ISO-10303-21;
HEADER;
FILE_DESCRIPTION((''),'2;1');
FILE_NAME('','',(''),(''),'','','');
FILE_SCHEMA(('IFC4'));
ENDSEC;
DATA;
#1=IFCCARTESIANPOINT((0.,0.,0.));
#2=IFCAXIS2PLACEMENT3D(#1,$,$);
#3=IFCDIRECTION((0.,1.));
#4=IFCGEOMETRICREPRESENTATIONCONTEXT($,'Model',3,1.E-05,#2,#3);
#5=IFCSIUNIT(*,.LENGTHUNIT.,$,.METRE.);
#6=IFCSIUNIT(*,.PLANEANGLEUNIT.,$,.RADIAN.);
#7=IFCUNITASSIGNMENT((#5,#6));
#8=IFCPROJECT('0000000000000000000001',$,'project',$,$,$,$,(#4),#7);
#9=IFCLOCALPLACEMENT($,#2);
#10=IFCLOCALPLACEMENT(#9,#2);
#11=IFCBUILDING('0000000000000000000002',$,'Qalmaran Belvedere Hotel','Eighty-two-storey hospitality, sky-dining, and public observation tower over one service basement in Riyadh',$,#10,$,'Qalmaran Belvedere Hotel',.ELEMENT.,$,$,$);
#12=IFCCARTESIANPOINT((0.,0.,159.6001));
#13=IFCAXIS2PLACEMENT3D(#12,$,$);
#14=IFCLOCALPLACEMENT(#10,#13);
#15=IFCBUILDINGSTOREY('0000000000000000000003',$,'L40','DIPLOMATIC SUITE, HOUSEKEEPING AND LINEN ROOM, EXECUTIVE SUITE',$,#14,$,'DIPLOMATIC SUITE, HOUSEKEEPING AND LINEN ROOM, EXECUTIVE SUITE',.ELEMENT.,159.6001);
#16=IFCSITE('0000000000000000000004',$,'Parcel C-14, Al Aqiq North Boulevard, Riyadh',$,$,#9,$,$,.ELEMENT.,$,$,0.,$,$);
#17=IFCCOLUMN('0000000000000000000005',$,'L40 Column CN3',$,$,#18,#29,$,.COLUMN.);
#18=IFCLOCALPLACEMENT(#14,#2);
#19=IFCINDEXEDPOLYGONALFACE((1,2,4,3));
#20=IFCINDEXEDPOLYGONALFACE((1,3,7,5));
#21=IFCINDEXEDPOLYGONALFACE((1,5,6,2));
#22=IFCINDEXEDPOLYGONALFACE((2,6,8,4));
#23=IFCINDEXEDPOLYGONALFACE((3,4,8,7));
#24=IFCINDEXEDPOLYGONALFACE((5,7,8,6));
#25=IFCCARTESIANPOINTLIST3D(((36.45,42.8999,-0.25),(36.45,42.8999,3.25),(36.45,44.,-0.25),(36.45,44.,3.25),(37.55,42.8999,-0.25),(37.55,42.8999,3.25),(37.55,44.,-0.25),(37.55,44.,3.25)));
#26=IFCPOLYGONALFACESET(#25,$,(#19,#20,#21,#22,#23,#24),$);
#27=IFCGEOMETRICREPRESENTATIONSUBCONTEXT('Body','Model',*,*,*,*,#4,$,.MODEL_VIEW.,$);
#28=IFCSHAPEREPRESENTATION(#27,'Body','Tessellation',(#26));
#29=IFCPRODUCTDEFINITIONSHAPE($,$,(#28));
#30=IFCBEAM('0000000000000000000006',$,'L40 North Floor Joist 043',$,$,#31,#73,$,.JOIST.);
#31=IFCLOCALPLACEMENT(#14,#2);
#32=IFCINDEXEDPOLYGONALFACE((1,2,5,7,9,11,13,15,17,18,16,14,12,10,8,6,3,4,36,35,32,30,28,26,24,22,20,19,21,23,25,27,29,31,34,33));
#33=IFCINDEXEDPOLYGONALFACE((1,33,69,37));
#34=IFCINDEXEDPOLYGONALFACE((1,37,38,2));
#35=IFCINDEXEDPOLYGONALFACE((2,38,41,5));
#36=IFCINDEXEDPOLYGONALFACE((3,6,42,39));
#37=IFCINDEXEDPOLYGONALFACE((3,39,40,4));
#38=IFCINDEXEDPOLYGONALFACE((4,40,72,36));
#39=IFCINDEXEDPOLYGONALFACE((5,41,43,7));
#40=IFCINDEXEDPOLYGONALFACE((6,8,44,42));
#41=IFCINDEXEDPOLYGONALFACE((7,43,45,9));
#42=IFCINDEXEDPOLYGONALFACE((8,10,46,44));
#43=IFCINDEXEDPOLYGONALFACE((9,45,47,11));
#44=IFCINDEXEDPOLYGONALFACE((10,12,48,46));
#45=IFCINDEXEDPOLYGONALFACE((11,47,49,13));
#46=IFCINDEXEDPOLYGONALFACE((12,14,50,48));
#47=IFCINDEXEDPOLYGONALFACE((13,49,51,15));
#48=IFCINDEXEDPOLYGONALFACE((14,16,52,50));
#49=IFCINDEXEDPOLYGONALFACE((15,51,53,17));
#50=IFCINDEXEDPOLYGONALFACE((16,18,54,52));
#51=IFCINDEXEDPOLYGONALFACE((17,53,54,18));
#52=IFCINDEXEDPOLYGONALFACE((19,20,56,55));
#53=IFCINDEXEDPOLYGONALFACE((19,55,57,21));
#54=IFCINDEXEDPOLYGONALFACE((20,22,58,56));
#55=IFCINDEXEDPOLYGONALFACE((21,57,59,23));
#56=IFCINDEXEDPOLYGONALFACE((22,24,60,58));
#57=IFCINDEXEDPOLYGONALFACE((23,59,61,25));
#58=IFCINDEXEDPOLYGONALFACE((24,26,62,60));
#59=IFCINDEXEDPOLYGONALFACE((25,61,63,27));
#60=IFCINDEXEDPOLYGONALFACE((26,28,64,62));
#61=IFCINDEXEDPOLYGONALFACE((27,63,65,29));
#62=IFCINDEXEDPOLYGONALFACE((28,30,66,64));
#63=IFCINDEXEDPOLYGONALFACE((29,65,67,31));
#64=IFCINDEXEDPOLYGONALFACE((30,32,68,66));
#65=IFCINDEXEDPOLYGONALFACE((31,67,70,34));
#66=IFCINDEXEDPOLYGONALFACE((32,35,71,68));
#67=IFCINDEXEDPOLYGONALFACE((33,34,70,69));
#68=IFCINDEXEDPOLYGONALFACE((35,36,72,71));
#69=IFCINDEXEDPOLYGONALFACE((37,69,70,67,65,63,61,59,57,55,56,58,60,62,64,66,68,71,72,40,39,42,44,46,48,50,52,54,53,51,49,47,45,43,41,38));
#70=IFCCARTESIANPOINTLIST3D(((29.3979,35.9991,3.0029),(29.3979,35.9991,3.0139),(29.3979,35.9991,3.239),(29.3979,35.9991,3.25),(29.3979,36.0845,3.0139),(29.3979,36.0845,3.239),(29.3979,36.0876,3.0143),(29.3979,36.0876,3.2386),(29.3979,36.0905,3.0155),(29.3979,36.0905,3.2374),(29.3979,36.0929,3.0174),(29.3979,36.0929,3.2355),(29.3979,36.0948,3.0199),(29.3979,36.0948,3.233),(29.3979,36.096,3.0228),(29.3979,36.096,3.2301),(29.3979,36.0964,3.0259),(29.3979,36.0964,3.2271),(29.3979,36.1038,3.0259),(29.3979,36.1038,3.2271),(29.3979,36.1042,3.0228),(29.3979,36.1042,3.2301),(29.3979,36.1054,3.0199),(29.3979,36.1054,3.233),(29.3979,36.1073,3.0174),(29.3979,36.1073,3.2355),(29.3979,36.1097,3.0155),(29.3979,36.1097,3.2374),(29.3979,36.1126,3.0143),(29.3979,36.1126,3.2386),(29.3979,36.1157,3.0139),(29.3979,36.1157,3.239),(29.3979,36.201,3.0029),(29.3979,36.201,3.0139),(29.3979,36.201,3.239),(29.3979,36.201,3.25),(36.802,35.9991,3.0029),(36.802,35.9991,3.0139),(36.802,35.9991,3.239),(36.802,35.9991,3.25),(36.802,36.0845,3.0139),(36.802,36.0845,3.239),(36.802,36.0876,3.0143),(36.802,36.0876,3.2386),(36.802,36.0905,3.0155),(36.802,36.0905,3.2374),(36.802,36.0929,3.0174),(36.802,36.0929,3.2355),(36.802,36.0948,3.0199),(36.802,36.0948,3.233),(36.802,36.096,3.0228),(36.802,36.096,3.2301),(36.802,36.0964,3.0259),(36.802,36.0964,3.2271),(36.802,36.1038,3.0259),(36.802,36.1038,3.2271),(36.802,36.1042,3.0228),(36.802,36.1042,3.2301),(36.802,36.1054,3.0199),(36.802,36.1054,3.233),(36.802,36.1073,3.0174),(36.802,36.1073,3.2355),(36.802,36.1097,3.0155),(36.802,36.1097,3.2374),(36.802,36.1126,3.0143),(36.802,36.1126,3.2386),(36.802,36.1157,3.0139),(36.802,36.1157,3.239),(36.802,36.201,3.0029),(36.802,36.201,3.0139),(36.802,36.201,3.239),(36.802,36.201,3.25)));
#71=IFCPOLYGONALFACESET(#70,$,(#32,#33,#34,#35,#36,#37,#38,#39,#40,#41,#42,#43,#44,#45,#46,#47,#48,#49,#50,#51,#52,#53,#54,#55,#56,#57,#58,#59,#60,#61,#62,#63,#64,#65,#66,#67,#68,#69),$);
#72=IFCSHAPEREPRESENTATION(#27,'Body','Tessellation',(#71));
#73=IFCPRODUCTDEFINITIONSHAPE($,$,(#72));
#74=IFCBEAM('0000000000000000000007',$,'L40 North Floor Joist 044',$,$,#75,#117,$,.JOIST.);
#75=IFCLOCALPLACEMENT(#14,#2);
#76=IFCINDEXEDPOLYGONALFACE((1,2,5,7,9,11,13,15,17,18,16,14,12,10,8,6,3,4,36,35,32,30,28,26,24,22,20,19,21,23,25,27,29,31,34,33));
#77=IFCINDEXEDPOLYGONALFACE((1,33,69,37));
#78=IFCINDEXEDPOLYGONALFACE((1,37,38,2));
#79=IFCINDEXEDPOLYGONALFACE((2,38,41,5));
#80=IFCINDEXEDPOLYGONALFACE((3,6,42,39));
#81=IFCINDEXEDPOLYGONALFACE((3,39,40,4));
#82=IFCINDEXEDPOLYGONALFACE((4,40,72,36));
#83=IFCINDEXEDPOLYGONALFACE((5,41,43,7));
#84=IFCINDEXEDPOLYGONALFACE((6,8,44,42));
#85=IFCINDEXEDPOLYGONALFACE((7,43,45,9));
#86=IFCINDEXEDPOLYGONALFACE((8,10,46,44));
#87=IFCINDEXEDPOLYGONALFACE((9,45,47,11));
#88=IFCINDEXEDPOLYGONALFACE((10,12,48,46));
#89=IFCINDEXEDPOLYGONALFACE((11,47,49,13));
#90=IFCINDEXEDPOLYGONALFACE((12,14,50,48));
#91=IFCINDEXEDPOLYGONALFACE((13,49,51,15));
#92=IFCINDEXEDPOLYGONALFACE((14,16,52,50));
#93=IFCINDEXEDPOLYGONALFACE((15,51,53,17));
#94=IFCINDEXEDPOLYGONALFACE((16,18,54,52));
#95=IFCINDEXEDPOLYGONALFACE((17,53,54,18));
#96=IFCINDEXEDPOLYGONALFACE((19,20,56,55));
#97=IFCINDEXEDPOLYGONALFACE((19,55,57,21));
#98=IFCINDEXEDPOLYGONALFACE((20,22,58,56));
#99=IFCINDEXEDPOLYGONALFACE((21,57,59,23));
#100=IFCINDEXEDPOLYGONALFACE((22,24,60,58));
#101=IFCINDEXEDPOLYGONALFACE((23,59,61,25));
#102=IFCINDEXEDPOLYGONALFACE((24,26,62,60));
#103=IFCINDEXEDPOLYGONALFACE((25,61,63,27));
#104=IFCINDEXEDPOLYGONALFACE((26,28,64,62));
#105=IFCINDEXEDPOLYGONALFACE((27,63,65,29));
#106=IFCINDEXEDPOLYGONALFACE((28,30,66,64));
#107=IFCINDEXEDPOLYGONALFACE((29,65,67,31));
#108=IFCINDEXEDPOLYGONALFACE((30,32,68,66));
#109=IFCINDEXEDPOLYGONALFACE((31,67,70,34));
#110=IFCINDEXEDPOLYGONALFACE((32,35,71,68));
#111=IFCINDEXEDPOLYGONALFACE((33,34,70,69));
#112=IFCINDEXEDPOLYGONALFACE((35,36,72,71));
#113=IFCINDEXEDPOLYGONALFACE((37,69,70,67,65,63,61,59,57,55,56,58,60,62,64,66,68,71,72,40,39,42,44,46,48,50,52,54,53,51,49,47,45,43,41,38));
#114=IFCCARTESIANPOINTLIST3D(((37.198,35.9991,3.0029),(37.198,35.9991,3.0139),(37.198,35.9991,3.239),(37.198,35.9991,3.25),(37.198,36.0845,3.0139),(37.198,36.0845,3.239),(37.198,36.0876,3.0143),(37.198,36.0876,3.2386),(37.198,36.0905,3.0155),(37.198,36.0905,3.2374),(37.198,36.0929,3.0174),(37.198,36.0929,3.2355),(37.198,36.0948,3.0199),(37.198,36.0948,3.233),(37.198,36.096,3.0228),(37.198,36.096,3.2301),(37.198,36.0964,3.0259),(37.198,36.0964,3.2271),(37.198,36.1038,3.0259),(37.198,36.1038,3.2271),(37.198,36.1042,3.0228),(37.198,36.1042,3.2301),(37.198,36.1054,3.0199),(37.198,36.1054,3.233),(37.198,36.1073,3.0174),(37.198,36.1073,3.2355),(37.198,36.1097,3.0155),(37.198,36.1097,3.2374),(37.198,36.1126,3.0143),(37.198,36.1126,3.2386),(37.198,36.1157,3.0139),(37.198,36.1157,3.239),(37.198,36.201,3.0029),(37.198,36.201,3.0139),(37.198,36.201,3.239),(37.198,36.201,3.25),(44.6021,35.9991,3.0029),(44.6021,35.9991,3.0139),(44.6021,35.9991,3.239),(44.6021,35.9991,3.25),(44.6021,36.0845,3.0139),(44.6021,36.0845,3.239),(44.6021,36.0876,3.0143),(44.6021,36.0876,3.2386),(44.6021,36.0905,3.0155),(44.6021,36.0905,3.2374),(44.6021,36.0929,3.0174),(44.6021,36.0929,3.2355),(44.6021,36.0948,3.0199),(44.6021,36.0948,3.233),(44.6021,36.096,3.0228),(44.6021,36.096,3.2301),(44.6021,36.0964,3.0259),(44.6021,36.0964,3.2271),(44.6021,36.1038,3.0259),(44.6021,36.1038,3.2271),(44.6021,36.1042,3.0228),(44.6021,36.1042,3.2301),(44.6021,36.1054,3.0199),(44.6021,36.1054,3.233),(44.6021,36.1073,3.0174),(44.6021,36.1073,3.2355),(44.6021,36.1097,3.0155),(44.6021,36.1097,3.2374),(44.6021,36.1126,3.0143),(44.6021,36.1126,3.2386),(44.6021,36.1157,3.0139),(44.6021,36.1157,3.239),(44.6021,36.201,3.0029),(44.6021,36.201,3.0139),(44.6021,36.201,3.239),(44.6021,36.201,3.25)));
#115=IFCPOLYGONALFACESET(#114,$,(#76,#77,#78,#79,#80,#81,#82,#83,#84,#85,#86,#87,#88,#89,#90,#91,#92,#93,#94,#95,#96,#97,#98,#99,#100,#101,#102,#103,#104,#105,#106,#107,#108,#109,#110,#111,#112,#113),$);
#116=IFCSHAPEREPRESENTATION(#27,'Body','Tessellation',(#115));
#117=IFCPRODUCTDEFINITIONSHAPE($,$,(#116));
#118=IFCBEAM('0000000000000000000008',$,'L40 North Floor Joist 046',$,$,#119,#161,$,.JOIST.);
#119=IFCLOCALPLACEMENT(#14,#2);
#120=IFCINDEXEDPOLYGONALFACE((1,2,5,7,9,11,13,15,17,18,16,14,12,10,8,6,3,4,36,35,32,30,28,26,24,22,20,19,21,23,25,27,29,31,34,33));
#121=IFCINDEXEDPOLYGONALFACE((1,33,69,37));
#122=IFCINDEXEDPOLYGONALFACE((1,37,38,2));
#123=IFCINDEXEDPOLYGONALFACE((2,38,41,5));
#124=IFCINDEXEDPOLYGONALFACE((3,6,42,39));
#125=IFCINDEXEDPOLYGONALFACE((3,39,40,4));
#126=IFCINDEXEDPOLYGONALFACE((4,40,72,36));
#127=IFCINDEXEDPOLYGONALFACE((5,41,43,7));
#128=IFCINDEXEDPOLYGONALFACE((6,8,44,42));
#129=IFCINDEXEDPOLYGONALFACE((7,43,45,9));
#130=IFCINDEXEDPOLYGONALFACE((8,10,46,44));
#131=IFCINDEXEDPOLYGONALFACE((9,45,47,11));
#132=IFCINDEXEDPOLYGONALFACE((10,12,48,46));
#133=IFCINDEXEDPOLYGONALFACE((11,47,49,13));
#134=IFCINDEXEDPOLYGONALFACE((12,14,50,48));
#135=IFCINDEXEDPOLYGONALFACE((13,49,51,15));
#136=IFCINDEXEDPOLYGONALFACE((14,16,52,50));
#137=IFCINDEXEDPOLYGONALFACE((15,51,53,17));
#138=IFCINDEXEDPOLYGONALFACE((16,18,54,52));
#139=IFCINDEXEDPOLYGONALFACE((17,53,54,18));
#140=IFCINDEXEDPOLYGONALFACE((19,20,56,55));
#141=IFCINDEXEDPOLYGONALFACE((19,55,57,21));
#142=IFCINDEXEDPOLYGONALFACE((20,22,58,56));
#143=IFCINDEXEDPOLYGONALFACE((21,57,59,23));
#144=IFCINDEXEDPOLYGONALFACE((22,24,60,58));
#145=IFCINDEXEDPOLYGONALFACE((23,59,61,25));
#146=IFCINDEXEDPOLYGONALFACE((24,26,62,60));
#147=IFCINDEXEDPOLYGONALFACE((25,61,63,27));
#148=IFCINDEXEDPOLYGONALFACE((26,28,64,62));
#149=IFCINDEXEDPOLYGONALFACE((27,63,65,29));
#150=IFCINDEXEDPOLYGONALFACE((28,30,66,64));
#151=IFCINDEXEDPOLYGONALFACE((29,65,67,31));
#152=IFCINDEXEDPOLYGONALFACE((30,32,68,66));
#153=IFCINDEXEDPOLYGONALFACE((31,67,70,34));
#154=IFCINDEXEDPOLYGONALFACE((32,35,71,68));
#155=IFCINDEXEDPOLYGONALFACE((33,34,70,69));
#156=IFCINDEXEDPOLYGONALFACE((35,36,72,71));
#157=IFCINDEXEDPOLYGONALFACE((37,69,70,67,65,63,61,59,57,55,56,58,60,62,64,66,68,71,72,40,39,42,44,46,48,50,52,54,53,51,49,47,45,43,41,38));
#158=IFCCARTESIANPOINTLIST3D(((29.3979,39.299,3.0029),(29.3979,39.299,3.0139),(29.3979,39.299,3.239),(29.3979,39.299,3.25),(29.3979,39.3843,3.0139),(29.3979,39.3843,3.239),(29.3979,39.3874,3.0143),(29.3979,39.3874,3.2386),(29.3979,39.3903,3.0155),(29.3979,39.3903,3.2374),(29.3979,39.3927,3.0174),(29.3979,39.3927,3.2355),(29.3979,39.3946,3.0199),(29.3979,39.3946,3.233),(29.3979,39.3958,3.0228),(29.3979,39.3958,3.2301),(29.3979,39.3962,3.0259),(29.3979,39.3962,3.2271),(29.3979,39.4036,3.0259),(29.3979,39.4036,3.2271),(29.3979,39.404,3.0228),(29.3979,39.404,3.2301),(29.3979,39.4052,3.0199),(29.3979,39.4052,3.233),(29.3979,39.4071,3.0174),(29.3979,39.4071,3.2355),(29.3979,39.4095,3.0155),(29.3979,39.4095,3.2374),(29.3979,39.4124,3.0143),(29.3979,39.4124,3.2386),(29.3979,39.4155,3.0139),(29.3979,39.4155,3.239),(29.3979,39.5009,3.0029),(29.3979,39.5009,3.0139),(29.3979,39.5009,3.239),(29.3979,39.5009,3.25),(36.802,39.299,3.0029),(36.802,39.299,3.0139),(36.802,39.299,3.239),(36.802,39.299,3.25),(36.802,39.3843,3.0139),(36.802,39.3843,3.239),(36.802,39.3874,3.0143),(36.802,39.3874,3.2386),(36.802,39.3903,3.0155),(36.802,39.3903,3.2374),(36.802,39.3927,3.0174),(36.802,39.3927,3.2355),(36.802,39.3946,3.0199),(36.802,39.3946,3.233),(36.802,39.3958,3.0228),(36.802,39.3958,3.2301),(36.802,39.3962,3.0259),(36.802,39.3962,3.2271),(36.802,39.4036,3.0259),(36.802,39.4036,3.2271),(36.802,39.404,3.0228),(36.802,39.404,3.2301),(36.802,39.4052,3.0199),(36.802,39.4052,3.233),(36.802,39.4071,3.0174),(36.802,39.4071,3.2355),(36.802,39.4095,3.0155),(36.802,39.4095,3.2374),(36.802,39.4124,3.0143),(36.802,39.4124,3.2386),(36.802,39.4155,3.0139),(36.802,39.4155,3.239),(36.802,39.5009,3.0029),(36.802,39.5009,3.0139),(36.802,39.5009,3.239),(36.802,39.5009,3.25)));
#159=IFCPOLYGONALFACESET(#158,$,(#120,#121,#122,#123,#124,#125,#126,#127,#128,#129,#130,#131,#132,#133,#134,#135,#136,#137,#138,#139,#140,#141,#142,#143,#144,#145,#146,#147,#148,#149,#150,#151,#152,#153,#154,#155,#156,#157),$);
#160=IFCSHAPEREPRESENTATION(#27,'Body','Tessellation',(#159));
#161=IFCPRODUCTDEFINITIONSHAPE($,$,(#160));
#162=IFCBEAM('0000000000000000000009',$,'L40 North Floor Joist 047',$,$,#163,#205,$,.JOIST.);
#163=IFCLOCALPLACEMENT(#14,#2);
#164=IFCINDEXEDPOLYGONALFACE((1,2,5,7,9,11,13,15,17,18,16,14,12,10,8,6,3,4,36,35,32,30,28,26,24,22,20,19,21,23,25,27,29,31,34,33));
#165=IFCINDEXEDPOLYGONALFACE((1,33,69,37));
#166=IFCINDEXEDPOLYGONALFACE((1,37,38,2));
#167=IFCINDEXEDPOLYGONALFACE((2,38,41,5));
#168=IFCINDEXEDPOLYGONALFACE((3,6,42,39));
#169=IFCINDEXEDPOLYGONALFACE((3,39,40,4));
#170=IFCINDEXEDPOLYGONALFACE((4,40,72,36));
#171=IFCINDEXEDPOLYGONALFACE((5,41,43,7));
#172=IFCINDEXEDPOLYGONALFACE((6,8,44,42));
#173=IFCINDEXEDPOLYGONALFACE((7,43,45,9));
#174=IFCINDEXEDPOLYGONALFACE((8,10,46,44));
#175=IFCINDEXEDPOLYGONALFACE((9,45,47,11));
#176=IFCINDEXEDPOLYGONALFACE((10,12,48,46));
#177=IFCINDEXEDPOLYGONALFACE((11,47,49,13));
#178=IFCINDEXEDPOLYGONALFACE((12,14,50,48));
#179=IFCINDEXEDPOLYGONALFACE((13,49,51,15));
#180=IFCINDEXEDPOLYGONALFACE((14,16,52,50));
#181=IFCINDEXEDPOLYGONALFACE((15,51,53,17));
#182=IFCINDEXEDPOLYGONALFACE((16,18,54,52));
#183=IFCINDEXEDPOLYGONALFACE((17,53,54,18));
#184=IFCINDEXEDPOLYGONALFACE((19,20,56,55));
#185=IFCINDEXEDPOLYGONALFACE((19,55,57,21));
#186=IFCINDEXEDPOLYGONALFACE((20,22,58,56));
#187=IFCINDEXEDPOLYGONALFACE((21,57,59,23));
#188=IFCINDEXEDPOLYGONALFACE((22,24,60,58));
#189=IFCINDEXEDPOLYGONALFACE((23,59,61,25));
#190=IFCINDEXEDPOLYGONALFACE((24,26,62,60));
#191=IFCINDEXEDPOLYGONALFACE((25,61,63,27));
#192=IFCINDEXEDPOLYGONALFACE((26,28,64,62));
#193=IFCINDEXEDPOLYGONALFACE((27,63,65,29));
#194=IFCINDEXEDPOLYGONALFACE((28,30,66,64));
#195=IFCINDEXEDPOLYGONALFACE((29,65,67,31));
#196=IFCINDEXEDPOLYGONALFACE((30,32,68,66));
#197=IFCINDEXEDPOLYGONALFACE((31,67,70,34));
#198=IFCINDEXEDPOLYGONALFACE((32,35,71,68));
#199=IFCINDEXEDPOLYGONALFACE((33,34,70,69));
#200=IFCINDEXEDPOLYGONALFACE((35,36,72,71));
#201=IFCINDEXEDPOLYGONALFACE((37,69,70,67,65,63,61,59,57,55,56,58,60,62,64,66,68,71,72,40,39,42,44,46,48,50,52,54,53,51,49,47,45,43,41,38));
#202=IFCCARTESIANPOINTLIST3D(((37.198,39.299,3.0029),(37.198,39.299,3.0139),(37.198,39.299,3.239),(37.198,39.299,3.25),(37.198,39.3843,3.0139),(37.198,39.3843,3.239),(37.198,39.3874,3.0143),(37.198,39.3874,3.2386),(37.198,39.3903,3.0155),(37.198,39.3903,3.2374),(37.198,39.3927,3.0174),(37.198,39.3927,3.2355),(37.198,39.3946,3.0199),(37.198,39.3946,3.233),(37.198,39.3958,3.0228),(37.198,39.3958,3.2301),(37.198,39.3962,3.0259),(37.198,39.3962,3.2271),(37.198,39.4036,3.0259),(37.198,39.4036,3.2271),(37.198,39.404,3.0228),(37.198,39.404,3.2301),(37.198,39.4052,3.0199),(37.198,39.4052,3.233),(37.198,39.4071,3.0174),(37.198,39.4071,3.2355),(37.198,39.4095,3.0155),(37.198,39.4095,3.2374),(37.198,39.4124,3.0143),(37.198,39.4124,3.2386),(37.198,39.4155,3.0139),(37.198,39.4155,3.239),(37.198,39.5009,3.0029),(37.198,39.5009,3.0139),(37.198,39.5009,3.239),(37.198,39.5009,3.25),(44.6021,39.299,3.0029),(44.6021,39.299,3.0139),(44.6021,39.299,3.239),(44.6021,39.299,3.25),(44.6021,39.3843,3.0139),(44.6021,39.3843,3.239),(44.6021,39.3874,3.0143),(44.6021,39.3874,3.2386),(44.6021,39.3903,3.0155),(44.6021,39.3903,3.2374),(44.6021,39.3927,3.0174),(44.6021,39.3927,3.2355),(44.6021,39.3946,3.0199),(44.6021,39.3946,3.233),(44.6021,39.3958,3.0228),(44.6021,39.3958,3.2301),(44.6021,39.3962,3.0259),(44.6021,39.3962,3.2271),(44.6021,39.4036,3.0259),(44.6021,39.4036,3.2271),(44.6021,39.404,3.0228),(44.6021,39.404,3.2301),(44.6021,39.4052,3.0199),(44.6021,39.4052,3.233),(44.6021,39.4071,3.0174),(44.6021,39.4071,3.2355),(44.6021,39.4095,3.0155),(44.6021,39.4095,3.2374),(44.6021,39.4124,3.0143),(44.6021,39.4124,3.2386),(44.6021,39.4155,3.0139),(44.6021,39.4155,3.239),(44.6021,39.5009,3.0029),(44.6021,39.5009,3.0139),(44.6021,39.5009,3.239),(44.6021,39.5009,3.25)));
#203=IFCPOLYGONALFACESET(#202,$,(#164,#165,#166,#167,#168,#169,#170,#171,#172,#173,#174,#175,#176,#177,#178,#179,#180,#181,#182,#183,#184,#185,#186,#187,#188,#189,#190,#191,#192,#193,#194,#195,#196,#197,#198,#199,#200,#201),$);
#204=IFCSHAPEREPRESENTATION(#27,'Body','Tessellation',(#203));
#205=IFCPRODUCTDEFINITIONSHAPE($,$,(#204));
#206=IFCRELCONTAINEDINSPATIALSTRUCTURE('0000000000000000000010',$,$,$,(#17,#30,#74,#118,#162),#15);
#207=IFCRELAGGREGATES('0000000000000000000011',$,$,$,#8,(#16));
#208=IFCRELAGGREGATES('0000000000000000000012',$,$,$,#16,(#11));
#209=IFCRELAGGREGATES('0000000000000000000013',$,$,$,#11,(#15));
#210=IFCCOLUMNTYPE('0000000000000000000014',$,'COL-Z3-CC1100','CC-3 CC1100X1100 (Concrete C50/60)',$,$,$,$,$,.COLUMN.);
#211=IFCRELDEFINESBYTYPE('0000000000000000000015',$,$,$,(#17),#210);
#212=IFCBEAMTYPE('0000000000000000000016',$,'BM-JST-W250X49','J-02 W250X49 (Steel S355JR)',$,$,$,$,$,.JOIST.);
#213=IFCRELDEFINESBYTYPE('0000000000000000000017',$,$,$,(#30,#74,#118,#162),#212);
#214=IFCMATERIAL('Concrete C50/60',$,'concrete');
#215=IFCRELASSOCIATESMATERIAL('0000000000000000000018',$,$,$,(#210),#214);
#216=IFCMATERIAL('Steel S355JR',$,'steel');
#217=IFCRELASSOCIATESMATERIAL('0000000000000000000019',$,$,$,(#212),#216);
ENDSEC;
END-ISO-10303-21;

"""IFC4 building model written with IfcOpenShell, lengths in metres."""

from ifc_helpers import new_model, si_unit, direction, frame, origin, origin_2d, place, context, subcontext, project, spatial, rectangle, i_section, extrude, material, material_profile, profile_set, type_object, element, save


model = new_model("IFC4")

# Units and contexts
model_context = context("Model", 3, precision=1e-05, world=origin(), true_north=direction((0.0, 1.0)))
body_context = subcontext(model_context, "Body", "Model", "MODEL_VIEW")
ifc_project = project(units=[si_unit("LENGTHUNIT", "METRE"), si_unit("PLANEANGLEUNIT", "RADIAN")], contexts=[model_context])

# Site, building, storey
site_placement = place(None, origin())
site = spatial("IfcSite", under=ifc_project, at=site_placement, Name="Parcel C-14, Al Aqiq North Boulevard, Riyadh", CompositionType="ELEMENT", RefElevation=0.0)
building_placement = place(site_placement, origin())
building = spatial("IfcBuilding", under=site, at=building_placement, Name="Qalmaran Belvedere Hotel", Description="Eighty-two-storey hospitality, sky-dining, and public observation tower over one service basement in Riyadh", LongName="Qalmaran Belvedere Hotel", CompositionType="ELEMENT")
storey_placement = place(building_placement, frame((0.0, 0.0, 159.6001)))
storey = spatial("IfcBuildingStorey", under=building, at=storey_placement, Name="L40", Description="DIPLOMATIC SUITE, HOUSEKEEPING AND LINEN ROOM, EXECUTIVE SUITE", LongName="DIPLOMATIC SUITE, HOUSEKEEPING AND LINEN ROOM, EXECUTIVE SUITE", CompositionType="ELEMENT", Elevation=159.6001)

# Column
ifc_material_1 = material(Name="Concrete C50/60", Category="concrete")
ifc_material_profile_1 = material_profile(ifc_material_1, rectangle(XDim=1.1001, YDim=1.1001, at=origin_2d()), Name="CC1100X1100")
ifc_profile_set_1 = profile_set([ifc_material_profile_1], Name="Concrete C50/60")
column_type = type_object("IfcColumnType", Name="COL-Z3-CC1100", Description="CC-3 CC1100X1100 (Concrete C50/60)", PredefinedType="COLUMN", material=ifc_profile_set_1)
column_placement = place(storey_placement, frame((37.0, 43.45, -0.25), z_axis=(0.0, 0.0, 1.0), x_axis=(1.0, 0.0, 0.0)))
element("IfcColumn", 1, at=column_placement, inside=storey, type_object=column_type, Name="L40 Column CN3", PredefinedType="COLUMN", context=body_context, shape_type="SweptSolid", body=[
    extrude(rectangle(XDim=1.1001, YDim=1.1001, at=origin_2d()), origin(), (0.0, 0.0, 1.0), 3.5),
])

# Beams
ifc_material_2 = material(Name="Steel S355JR", Category="steel")
ifc_material_profile_2 = material_profile(ifc_material_2, i_section(OverallWidth=0.2019, OverallDepth=0.2471, WebThickness=0.0073, FlangeThickness=0.011, FilletRadius=0.012, at=origin_2d()), Name="W250X49")
ifc_profile_set_2 = profile_set([ifc_material_profile_2], Name="Steel S355JR")
beam_type_1 = type_object("IfcBeamType", Name="BM-JST-W250X49", Description="J-02 W250X49 (Steel S355JR)", PredefinedType="JOIST", material=ifc_profile_set_2)
for number, where, z_axis, x_axis, name in (
    (2, (29.3979, 36.1001, 3.1265), (1.0, 0.0, 0.0), (0.0, 1.0, 0.0), "L40 North Floor Joist 043"),
    (3, (37.198, 36.1001, 3.1265), (1.0, 0.0, 0.0), (0.0, 1.0, 0.0), "L40 North Floor Joist 044"),
    (4, (29.3979, 39.3999, 3.1265), (1.0, 0.0, 0.0), (0.0, 1.0, 0.0), "L40 North Floor Joist 046"),
    (5, (37.198, 39.3999, 3.1265), (1.0, 0.0, 0.0), (0.0, 1.0, 0.0), "L40 North Floor Joist 047"),
):
    element("IfcBeam", number, at=place(storey_placement, frame(where, z_axis=z_axis, x_axis=x_axis)), inside=storey, type_object=beam_type_1, Name=name, PredefinedType="JOIST", context=body_context, shape_type="SweptSolid", body=[
        extrude(i_section(OverallWidth=0.2019, OverallDepth=0.2471, WebThickness=0.0073, FlangeThickness=0.011, FilletRadius=0.012, at=origin_2d()), origin(), (0.0, 0.0, 1.0), 7.4041),
    ])

save(model, "model.ifc")
